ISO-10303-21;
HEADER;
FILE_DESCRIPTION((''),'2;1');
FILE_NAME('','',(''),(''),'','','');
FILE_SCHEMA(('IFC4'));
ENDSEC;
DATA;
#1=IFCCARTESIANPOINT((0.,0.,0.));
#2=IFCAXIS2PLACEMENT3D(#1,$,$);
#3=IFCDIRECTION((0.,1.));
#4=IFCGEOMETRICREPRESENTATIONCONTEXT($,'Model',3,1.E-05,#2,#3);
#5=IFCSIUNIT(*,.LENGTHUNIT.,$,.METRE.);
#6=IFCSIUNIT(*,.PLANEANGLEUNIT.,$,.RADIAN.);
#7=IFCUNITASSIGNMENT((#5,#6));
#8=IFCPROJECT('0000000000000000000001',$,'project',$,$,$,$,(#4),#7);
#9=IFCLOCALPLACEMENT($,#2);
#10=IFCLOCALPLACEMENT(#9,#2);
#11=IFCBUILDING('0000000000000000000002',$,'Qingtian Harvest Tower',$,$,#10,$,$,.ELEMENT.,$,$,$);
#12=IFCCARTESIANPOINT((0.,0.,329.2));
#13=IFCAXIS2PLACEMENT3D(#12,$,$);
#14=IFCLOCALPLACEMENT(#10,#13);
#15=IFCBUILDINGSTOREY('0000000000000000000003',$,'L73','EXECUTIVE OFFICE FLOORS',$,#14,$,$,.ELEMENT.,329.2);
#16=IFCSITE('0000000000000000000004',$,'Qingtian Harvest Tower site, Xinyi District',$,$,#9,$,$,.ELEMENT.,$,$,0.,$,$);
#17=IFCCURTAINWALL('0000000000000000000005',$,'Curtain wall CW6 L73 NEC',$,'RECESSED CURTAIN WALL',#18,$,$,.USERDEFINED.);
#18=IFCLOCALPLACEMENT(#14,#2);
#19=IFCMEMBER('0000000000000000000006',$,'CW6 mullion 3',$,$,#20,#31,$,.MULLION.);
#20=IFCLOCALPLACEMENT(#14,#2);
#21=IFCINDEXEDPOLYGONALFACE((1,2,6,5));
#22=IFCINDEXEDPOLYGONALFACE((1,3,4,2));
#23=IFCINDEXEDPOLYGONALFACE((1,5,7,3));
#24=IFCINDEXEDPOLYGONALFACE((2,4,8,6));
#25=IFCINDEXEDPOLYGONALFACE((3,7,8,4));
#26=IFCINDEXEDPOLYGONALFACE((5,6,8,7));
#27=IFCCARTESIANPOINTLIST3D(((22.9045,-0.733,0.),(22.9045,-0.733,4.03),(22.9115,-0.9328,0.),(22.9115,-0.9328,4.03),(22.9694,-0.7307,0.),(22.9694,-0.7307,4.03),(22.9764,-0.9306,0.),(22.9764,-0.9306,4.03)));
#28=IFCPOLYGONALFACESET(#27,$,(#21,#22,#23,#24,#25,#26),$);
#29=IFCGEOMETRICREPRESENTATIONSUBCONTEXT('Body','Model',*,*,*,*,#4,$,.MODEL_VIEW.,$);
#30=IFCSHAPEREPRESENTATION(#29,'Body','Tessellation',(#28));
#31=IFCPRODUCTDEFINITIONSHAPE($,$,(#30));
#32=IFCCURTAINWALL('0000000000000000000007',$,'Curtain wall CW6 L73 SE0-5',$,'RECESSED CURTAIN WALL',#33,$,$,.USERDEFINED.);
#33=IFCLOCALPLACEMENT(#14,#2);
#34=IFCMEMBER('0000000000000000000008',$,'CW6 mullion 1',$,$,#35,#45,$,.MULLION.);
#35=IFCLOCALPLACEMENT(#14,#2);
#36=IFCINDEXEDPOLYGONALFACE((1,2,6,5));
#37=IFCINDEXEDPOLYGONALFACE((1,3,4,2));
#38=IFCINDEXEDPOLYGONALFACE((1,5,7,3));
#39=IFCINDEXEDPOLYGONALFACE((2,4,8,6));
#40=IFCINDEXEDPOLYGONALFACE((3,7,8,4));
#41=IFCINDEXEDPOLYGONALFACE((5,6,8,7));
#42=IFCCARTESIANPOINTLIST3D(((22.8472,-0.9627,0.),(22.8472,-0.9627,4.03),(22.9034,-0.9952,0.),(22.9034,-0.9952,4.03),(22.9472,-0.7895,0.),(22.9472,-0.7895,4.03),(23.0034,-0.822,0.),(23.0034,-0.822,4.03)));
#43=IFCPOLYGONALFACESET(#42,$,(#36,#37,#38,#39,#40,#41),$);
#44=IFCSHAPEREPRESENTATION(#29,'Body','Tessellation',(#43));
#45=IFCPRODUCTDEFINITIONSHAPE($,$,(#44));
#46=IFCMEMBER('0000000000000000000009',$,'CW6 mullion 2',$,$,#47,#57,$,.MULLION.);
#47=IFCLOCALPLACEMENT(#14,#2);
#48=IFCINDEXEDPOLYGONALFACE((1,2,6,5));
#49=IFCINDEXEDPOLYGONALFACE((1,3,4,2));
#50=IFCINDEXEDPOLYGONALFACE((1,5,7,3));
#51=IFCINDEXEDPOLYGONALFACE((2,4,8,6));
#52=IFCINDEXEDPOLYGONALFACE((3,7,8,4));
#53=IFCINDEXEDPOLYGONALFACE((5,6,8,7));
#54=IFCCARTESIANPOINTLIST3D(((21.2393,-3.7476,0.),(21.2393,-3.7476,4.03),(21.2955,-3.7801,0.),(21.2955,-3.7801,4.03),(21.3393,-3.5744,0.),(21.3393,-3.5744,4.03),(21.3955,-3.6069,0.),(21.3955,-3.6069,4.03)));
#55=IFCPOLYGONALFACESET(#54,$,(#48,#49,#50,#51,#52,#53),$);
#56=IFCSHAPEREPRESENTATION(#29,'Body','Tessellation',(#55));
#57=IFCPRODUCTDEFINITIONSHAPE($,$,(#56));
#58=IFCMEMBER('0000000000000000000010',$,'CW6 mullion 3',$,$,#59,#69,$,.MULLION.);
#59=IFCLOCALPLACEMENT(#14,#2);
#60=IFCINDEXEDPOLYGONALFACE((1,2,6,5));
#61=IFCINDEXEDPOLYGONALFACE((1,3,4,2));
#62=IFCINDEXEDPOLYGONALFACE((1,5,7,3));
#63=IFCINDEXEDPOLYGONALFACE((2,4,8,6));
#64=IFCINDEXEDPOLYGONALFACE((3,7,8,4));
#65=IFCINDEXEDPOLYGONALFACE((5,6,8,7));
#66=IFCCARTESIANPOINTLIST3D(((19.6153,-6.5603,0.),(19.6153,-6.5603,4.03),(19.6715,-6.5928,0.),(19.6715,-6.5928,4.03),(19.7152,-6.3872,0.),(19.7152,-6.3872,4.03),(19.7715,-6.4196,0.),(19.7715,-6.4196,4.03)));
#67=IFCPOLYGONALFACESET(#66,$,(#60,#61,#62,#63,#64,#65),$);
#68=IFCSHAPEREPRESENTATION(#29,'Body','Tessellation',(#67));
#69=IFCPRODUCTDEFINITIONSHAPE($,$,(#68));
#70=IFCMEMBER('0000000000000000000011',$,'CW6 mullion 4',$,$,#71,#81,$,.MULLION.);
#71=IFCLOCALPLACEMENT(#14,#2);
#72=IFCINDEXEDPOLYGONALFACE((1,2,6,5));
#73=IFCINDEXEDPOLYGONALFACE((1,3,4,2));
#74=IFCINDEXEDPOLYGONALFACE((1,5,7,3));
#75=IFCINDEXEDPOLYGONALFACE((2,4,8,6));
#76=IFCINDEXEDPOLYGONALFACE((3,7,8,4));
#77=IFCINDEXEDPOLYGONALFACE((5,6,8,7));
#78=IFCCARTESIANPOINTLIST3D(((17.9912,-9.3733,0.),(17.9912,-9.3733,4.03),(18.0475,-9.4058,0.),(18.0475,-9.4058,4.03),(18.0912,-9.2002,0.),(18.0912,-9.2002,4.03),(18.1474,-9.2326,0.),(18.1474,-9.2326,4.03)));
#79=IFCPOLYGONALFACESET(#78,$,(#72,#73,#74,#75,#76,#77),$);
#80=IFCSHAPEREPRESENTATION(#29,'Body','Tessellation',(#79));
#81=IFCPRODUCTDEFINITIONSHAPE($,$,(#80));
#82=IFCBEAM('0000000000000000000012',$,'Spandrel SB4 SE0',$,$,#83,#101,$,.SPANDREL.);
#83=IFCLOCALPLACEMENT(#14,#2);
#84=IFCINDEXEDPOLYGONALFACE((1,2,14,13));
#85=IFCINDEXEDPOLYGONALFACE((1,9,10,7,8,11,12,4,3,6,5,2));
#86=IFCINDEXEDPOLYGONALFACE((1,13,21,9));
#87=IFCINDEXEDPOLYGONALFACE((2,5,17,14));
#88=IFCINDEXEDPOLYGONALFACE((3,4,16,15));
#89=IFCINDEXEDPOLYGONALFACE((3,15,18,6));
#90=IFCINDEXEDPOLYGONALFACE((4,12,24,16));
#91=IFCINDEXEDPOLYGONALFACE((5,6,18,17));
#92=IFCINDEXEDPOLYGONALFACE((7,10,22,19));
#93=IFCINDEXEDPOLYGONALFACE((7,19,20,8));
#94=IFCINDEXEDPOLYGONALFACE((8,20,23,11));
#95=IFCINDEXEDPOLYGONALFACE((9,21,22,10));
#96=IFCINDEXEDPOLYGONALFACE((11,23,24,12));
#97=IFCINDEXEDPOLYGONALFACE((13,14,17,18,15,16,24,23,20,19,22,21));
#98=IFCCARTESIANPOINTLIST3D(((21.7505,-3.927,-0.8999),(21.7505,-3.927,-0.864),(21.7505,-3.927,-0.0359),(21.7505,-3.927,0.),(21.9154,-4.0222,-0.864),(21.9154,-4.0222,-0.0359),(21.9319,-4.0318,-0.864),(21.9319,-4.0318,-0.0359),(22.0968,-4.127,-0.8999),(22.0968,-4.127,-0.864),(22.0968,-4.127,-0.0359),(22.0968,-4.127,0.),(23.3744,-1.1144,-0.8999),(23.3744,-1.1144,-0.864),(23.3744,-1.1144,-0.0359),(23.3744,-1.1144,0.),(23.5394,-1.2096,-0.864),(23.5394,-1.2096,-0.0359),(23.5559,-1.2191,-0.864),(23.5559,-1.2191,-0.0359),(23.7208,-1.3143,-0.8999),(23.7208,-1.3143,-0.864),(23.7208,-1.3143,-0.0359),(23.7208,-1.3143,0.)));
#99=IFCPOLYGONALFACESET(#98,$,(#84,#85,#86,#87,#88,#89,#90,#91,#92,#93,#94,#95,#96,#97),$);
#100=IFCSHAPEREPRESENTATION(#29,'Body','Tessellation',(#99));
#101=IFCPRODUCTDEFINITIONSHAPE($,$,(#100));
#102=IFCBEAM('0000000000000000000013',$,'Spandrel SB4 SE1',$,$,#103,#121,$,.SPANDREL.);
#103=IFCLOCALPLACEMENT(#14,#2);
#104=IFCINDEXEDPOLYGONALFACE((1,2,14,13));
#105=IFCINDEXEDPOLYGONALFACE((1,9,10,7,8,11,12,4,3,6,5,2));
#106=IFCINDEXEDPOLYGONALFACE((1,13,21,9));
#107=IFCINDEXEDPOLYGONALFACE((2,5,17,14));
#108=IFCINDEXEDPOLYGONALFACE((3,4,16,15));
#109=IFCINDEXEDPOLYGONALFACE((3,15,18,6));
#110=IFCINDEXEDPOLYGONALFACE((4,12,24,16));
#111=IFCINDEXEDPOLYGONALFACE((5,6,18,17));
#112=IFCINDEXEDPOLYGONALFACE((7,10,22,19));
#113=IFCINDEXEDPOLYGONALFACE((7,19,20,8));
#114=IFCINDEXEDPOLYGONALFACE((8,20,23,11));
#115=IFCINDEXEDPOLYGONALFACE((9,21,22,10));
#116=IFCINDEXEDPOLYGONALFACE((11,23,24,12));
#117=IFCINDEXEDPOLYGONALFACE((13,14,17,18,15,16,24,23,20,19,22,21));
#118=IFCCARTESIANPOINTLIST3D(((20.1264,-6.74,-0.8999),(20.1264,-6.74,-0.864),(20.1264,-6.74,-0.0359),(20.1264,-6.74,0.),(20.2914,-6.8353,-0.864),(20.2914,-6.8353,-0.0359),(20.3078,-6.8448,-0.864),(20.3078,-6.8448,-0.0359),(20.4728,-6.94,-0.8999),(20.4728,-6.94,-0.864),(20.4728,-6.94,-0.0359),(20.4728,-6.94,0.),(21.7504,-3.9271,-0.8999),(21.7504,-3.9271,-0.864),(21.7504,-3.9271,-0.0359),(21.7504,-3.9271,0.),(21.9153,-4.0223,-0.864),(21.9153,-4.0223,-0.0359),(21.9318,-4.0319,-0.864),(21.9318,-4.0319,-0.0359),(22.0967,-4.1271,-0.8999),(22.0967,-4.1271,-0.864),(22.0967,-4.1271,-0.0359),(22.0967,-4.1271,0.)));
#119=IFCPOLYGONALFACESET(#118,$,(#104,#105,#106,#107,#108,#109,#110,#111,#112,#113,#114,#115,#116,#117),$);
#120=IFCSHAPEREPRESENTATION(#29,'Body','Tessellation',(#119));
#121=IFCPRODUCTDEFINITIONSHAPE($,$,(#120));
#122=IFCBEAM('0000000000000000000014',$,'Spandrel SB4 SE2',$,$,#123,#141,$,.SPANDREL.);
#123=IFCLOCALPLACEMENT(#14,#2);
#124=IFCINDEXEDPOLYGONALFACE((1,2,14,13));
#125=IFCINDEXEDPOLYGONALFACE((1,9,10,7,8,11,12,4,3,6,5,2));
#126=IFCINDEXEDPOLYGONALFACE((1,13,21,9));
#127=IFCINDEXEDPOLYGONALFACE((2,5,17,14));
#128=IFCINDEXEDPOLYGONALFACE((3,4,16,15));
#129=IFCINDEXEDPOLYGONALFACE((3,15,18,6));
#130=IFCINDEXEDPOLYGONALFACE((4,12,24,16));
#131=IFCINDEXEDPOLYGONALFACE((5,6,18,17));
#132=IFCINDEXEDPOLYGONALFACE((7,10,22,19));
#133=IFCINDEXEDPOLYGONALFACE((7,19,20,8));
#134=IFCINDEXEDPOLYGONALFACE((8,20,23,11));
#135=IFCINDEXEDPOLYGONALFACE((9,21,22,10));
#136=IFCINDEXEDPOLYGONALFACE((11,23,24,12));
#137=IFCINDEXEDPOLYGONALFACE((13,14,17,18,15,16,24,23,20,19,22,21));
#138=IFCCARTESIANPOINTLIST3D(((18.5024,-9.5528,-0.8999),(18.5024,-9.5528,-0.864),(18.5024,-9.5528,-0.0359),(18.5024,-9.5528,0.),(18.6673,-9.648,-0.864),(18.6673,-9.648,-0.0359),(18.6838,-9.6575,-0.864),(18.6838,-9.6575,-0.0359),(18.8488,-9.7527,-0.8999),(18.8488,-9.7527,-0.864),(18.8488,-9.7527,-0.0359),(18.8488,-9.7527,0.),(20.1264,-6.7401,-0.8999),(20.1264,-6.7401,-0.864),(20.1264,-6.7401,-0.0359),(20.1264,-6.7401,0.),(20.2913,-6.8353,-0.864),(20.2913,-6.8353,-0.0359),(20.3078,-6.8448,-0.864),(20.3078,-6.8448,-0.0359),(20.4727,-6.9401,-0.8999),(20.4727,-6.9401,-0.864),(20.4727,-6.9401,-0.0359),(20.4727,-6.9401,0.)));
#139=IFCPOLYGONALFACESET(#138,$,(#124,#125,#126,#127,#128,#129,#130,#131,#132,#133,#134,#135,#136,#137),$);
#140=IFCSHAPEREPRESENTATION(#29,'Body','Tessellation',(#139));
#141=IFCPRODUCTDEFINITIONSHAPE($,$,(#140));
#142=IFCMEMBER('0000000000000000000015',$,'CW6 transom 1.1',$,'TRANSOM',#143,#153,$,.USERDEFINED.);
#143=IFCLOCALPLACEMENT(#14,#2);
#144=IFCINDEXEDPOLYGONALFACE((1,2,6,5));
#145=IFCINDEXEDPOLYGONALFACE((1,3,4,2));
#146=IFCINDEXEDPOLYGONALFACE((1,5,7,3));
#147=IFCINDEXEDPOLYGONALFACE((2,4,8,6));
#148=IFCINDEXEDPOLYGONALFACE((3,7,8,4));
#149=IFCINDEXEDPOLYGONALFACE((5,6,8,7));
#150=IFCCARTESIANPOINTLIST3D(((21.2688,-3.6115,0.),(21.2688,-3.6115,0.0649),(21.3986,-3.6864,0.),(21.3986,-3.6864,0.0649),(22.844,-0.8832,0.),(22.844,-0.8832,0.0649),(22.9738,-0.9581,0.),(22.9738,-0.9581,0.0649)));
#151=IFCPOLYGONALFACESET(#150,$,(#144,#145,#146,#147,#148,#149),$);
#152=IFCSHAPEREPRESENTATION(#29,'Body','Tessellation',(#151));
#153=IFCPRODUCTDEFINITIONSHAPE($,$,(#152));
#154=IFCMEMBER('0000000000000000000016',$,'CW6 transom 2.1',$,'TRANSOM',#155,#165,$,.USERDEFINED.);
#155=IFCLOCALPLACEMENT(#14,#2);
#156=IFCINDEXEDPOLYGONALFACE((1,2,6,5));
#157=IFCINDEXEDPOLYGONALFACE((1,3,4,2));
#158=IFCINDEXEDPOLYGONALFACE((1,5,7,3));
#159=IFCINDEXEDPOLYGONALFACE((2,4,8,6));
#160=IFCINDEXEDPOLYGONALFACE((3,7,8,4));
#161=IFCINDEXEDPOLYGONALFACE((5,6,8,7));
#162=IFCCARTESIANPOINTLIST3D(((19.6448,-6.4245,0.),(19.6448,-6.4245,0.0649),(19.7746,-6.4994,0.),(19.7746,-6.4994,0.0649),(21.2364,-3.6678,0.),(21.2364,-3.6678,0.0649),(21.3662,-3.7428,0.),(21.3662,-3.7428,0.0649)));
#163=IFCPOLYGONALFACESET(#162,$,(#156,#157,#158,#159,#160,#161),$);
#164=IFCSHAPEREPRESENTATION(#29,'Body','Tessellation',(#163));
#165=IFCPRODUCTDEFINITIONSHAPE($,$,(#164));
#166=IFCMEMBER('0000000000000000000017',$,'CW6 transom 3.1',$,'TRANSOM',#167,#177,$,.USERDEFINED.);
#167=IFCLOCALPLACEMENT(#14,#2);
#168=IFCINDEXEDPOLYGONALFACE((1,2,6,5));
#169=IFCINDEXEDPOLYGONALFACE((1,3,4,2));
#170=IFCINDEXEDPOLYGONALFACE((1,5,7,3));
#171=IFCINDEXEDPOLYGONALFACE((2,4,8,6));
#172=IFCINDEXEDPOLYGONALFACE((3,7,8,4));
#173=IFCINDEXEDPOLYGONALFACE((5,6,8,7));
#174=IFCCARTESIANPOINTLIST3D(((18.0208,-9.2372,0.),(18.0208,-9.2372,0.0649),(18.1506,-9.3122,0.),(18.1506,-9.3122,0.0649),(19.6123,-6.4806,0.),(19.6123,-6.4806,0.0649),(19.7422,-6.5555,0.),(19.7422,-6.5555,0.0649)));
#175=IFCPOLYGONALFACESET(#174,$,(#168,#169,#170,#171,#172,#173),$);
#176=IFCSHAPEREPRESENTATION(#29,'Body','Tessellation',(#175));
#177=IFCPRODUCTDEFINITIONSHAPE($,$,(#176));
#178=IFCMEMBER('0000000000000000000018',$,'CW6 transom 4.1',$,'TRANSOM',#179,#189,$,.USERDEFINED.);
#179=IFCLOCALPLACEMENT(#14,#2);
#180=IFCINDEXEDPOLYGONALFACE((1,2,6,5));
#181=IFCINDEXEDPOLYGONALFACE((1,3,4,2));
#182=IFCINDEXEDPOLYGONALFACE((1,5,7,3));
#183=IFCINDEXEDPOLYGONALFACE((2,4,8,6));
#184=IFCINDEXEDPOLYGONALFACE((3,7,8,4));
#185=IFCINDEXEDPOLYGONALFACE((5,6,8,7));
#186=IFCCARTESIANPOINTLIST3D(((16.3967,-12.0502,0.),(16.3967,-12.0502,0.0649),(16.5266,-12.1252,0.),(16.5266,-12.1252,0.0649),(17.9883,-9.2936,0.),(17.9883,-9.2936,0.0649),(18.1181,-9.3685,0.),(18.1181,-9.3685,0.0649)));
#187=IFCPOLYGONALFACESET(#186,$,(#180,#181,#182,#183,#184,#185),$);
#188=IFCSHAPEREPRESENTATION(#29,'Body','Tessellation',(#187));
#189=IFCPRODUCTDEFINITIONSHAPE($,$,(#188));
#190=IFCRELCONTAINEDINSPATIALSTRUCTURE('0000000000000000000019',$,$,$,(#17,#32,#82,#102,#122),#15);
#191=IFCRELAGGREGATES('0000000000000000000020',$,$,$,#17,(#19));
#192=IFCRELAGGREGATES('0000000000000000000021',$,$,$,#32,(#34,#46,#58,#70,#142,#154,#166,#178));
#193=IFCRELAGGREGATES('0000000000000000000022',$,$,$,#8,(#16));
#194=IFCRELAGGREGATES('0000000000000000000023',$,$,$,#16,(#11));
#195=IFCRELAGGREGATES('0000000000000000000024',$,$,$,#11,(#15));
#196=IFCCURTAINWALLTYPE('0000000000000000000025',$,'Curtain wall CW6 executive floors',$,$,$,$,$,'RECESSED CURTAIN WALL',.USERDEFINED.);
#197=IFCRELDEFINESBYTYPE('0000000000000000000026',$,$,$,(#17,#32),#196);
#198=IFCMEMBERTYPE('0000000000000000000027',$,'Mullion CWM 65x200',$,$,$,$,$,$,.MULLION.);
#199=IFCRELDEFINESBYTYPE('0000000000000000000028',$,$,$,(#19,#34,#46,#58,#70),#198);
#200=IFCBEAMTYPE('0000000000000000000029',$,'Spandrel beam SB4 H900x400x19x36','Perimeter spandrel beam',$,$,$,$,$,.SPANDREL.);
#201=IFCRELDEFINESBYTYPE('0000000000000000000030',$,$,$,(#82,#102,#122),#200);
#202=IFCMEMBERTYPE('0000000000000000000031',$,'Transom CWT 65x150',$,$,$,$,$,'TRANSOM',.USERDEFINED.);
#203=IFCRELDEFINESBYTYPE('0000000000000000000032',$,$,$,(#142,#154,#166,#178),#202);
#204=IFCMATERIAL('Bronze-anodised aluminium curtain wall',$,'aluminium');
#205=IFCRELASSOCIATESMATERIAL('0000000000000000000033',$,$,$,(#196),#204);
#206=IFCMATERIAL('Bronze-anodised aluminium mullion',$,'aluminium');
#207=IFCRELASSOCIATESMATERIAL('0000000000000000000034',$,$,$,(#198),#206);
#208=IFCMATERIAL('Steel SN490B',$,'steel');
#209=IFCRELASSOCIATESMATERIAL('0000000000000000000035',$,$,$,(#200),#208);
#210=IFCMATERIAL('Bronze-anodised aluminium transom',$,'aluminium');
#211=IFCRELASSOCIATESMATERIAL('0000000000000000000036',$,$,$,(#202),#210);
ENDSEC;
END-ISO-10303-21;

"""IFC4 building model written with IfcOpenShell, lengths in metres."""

from ifc_helpers import new_model, si_unit, direction, frame, origin, origin_2d, place, context, subcontext, project, spatial, rectangle, i_section, extrude, material, material_profile, profile_set, type_object, element, aggregate, save


model = new_model("IFC4")

# Units and contexts
model_context = context("Model", 3, precision=1e-05, world=origin(), true_north=direction((0.0, 1.0)))
body_context = subcontext(model_context, "Body", "Model", "MODEL_VIEW")
ifc_project = project(units=[si_unit("LENGTHUNIT", "METRE"), si_unit("PLANEANGLEUNIT", "RADIAN")], contexts=[model_context])

# Site, building, storey
site_placement = place(None, origin())
site = spatial("IfcSite", under=ifc_project, at=site_placement, Name="Qingtian Harvest Tower site, Xinyi District", CompositionType="ELEMENT", RefElevation=0.0)
building_placement = place(site_placement, origin())
building = spatial("IfcBuilding", under=site, at=building_placement, Name="Qingtian Harvest Tower", CompositionType="ELEMENT")
storey_placement = place(building_placement, frame((0.0, 0.0, 329.2)))
storey = spatial("IfcBuildingStorey", under=building, at=storey_placement, Name="L73", Description="EXECUTIVE OFFICE FLOORS", CompositionType="ELEMENT", Elevation=329.2)

# Curtain wall, member
ifc_material_1 = material(Name="Bronze-anodised aluminium curtain wall", Category="aluminium")
curtain_wall_type = type_object("IfcCurtainWallType", Name="Curtain wall CW6 executive floors", ElementType="RECESSED CURTAIN WALL", PredefinedType="USERDEFINED", material=ifc_material_1)
curtain_wall_1_placement = place(storey_placement, origin())
curtain_wall_1 = element("IfcCurtainWall", 1, at=curtain_wall_1_placement, inside=storey, type_object=curtain_wall_type, Name="Curtain wall CW6 L73 NEC", ObjectType="RECESSED CURTAIN WALL", PredefinedType="USERDEFINED")
ifc_material_2 = material(Name="Bronze-anodised aluminium mullion", Category="aluminium")
ifc_material_profile_1 = material_profile(ifc_material_2, rectangle(XDim=0.0649, YDim=0.2, at=origin_2d()), Name="AL 65x200")
ifc_profile_set_1 = profile_set([ifc_material_profile_1], Name="Bronze-anodised aluminium mullion")
member_type_1 = type_object("IfcMemberType", Name="Mullion CWM 65x200", PredefinedType="MULLION", material=ifc_profile_set_1)
member_1_placement = place(storey_placement, frame((22.9404, -0.8318, 0.0), z_axis=(0.0, 0.0, 1.0), x_axis=(0.999391, 0.034899, 0.0)))
member_1 = element("IfcMember", 2, at=member_1_placement, type_object=member_type_1, Name="CW6 mullion 3", PredefinedType="MULLION", context=body_context, shape_type="SweptSolid", body=[
    extrude(rectangle(XDim=0.0649, YDim=0.2, at=origin_2d()), origin(), (0.0, 0.0, 1.0), 4.03),
])

# Curtain wall, members
curtain_wall_2_placement = place(storey_placement, origin())
curtain_wall_2 = element("IfcCurtainWall", 3, at=curtain_wall_2_placement, inside=storey, type_object=curtain_wall_type, Name="Curtain wall CW6 L73 SE0-5", ObjectType="RECESSED CURTAIN WALL", PredefinedType="USERDEFINED")
member_2_placement = place(storey_placement, frame((22.9253, -0.8923, 0.0), z_axis=(0.0, 0.0, 1.0), x_axis=(0.866025, -0.5, 0.0)))
member_2 = element("IfcMember", 4, at=member_2_placement, type_object=member_type_1, Name="CW6 mullion 1", PredefinedType="MULLION", context=body_context, shape_type="SweptSolid", body=[
    extrude(rectangle(XDim=0.0649, YDim=0.2, at=origin_2d()), origin(), (0.0, 0.0, 1.0), 4.03),
])
member_3_placement = place(storey_placement, frame((21.3174, -3.6772, 0.0), z_axis=(0.0, 0.0, 1.0), x_axis=(0.866025, -0.5, 0.0)))
member_3 = element("IfcMember", 5, at=member_3_placement, type_object=member_type_1, Name="CW6 mullion 2", PredefinedType="MULLION", context=body_context, shape_type="SweptSolid", body=[
    extrude(rectangle(XDim=0.0649, YDim=0.2, at=origin_2d()), origin(), (0.0, 0.0, 1.0), 4.03),
])
member_4_placement = place(storey_placement, frame((19.6934, -6.49, 0.0), z_axis=(0.0, 0.0, 1.0), x_axis=(0.866025, -0.5, 0.0)))
member_4 = element("IfcMember", 6, at=member_4_placement, type_object=member_type_1, Name="CW6 mullion 3", PredefinedType="MULLION", context=body_context, shape_type="SweptSolid", body=[
    extrude(rectangle(XDim=0.0649, YDim=0.2, at=origin_2d()), origin(), (0.0, 0.0, 1.0), 4.03),
])
member_5_placement = place(storey_placement, frame((18.0693, -9.303, 0.0), z_axis=(0.0, 0.0, 1.0), x_axis=(0.866025, -0.5, 0.0)))
member_5 = element("IfcMember", 7, at=member_5_placement, type_object=member_type_1, Name="CW6 mullion 4", PredefinedType="MULLION", context=body_context, shape_type="SweptSolid", body=[
    extrude(rectangle(XDim=0.0649, YDim=0.2, at=origin_2d()), origin(), (0.0, 0.0, 1.0), 4.03),
])

# Beams
ifc_material_3 = material(Name="Steel SN490B", Category="steel")
ifc_material_profile_2 = material_profile(ifc_material_3, i_section(OverallWidth=0.3999, OverallDepth=0.8999, WebThickness=0.019, FlangeThickness=0.0359, at=origin_2d()), Name="H900x400x19x36")
ifc_profile_set_2 = profile_set([ifc_material_profile_2], Name="Steel SN490B")
beam_type_1 = type_object("IfcBeamType", Name="Spandrel beam SB4 H900x400x19x36", Description="Perimeter spandrel beam", PredefinedType="SPANDREL", material=ifc_profile_set_2)
beam_1_placement = place(storey_placement, frame((23.5476, -1.2144, -0.45), z_axis=(-0.50002, -0.866014, 0.0), x_axis=(0.866014, -0.50002, 0.0)))
element("IfcBeam", 8, at=beam_1_placement, inside=storey, type_object=beam_type_1, Name="Spandrel SB4 SE0", PredefinedType="SPANDREL", context=body_context, shape_type="SweptSolid", body=[
    extrude(i_section(OverallWidth=0.3999, OverallDepth=0.8999, WebThickness=0.019, FlangeThickness=0.0359, at=origin_2d()), origin(), (0.0, 0.0, 1.0), 3.2478),
])
beam_2_placement = place(storey_placement, frame((21.9236, -4.0271, -0.45), z_axis=(-0.499987, -0.866033, 0.0), x_axis=(0.866033, -0.499987, 0.0)))
element("IfcBeam", 9, at=beam_2_placement, inside=storey, type_object=beam_type_1, Name="Spandrel SB4 SE1", PredefinedType="SPANDREL", context=body_context, shape_type="SweptSolid", body=[
    extrude(i_section(OverallWidth=0.3999, OverallDepth=0.8999, WebThickness=0.019, FlangeThickness=0.0359, at=origin_2d()), origin(), (0.0, 0.0, 1.0), 3.248),
])
beam_3_placement = place(storey_placement, frame((20.2996, -6.8401, -0.45), z_axis=(-0.50002, -0.866014, 0.0), x_axis=(0.866014, -0.50002, 0.0)))
element("IfcBeam", 10, at=beam_3_placement, inside=storey, type_object=beam_type_1, Name="Spandrel SB4 SE2", PredefinedType="SPANDREL", context=body_context, shape_type="SweptSolid", body=[
    extrude(i_section(OverallWidth=0.3999, OverallDepth=0.8999, WebThickness=0.019, FlangeThickness=0.0359, at=origin_2d()), origin(), (0.0, 0.0, 1.0), 3.2478),
])

# Members
ifc_material_4 = material(Name="Bronze-anodised aluminium transom", Category="aluminium")
ifc_material_profile_3 = material_profile(ifc_material_4, rectangle(XDim=0.1499, YDim=0.0649, at=origin_2d()), Name="AL 65x150")
ifc_profile_set_3 = profile_set([ifc_material_profile_3], Name="Bronze-anodised aluminium transom")
member_type_2 = type_object("IfcMemberType", Name="Transom CWT 65x150", ElementType="TRANSOM", PredefinedType="USERDEFINED", material=ifc_profile_set_3)
member_6_placement = place(storey_placement, frame((22.9089, -0.9207, 0.0325), z_axis=(-0.500006, -0.866022, 0.0), x_axis=(0.866022, -0.500006, 0.0)))
member_6 = element("IfcMember", 11, at=member_6_placement, type_object=member_type_2, Name="CW6 transom 1.1", ObjectType="TRANSOM", PredefinedType="USERDEFINED", context=body_context, shape_type="SweptSolid", body=[
    extrude(rectangle(XDim=0.1499, YDim=0.0649, at=origin_2d()), origin(), (0.0, 0.0, 1.0), 3.1504),
])
member_7_placement = place(storey_placement, frame((21.3013, -3.7053, 0.0325), z_axis=(-0.500008, -0.866021, 0.0), x_axis=(0.866021, -0.500008, 0.0)))
member_7 = element("IfcMember", 12, at=member_7_placement, type_object=member_type_2, Name="CW6 transom 2.1", ObjectType="TRANSOM", PredefinedType="USERDEFINED", context=body_context, shape_type="SweptSolid", body=[
    extrude(rectangle(XDim=0.1499, YDim=0.0649, at=origin_2d()), origin(), (0.0, 0.0, 1.0), 3.1831),
])
member_8_placement = place(storey_placement, frame((19.6772, -6.5181, 0.0325), z_axis=(-0.500008, -0.866021, 0.0), x_axis=(0.866021, -0.500008, 0.0)))
member_8 = element("IfcMember", 13, at=member_8_placement, type_object=member_type_2, Name="CW6 transom 3.1", ObjectType="TRANSOM", PredefinedType="USERDEFINED", context=body_context, shape_type="SweptSolid", body=[
    extrude(rectangle(XDim=0.1499, YDim=0.0649, at=origin_2d()), origin(), (0.0, 0.0, 1.0), 3.1831),
])
member_9_placement = place(storey_placement, frame((18.0532, -9.3311, 0.0325), z_axis=(-0.500008, -0.866021, 0.0), x_axis=(0.866021, -0.500008, 0.0)))
member_9 = element("IfcMember", 14, at=member_9_placement, type_object=member_type_2, Name="CW6 transom 4.1", ObjectType="TRANSOM", PredefinedType="USERDEFINED", context=body_context, shape_type="SweptSolid", body=[
    extrude(rectangle(XDim=0.1499, YDim=0.0649, at=origin_2d()), origin(), (0.0, 0.0, 1.0), 3.1831),
])

aggregate(curtain_wall_1, [member_1])
aggregate(curtain_wall_2, [member_2, member_3, member_4, member_5, member_6, member_7, member_8, member_9])

save(model, "model.ifc")
